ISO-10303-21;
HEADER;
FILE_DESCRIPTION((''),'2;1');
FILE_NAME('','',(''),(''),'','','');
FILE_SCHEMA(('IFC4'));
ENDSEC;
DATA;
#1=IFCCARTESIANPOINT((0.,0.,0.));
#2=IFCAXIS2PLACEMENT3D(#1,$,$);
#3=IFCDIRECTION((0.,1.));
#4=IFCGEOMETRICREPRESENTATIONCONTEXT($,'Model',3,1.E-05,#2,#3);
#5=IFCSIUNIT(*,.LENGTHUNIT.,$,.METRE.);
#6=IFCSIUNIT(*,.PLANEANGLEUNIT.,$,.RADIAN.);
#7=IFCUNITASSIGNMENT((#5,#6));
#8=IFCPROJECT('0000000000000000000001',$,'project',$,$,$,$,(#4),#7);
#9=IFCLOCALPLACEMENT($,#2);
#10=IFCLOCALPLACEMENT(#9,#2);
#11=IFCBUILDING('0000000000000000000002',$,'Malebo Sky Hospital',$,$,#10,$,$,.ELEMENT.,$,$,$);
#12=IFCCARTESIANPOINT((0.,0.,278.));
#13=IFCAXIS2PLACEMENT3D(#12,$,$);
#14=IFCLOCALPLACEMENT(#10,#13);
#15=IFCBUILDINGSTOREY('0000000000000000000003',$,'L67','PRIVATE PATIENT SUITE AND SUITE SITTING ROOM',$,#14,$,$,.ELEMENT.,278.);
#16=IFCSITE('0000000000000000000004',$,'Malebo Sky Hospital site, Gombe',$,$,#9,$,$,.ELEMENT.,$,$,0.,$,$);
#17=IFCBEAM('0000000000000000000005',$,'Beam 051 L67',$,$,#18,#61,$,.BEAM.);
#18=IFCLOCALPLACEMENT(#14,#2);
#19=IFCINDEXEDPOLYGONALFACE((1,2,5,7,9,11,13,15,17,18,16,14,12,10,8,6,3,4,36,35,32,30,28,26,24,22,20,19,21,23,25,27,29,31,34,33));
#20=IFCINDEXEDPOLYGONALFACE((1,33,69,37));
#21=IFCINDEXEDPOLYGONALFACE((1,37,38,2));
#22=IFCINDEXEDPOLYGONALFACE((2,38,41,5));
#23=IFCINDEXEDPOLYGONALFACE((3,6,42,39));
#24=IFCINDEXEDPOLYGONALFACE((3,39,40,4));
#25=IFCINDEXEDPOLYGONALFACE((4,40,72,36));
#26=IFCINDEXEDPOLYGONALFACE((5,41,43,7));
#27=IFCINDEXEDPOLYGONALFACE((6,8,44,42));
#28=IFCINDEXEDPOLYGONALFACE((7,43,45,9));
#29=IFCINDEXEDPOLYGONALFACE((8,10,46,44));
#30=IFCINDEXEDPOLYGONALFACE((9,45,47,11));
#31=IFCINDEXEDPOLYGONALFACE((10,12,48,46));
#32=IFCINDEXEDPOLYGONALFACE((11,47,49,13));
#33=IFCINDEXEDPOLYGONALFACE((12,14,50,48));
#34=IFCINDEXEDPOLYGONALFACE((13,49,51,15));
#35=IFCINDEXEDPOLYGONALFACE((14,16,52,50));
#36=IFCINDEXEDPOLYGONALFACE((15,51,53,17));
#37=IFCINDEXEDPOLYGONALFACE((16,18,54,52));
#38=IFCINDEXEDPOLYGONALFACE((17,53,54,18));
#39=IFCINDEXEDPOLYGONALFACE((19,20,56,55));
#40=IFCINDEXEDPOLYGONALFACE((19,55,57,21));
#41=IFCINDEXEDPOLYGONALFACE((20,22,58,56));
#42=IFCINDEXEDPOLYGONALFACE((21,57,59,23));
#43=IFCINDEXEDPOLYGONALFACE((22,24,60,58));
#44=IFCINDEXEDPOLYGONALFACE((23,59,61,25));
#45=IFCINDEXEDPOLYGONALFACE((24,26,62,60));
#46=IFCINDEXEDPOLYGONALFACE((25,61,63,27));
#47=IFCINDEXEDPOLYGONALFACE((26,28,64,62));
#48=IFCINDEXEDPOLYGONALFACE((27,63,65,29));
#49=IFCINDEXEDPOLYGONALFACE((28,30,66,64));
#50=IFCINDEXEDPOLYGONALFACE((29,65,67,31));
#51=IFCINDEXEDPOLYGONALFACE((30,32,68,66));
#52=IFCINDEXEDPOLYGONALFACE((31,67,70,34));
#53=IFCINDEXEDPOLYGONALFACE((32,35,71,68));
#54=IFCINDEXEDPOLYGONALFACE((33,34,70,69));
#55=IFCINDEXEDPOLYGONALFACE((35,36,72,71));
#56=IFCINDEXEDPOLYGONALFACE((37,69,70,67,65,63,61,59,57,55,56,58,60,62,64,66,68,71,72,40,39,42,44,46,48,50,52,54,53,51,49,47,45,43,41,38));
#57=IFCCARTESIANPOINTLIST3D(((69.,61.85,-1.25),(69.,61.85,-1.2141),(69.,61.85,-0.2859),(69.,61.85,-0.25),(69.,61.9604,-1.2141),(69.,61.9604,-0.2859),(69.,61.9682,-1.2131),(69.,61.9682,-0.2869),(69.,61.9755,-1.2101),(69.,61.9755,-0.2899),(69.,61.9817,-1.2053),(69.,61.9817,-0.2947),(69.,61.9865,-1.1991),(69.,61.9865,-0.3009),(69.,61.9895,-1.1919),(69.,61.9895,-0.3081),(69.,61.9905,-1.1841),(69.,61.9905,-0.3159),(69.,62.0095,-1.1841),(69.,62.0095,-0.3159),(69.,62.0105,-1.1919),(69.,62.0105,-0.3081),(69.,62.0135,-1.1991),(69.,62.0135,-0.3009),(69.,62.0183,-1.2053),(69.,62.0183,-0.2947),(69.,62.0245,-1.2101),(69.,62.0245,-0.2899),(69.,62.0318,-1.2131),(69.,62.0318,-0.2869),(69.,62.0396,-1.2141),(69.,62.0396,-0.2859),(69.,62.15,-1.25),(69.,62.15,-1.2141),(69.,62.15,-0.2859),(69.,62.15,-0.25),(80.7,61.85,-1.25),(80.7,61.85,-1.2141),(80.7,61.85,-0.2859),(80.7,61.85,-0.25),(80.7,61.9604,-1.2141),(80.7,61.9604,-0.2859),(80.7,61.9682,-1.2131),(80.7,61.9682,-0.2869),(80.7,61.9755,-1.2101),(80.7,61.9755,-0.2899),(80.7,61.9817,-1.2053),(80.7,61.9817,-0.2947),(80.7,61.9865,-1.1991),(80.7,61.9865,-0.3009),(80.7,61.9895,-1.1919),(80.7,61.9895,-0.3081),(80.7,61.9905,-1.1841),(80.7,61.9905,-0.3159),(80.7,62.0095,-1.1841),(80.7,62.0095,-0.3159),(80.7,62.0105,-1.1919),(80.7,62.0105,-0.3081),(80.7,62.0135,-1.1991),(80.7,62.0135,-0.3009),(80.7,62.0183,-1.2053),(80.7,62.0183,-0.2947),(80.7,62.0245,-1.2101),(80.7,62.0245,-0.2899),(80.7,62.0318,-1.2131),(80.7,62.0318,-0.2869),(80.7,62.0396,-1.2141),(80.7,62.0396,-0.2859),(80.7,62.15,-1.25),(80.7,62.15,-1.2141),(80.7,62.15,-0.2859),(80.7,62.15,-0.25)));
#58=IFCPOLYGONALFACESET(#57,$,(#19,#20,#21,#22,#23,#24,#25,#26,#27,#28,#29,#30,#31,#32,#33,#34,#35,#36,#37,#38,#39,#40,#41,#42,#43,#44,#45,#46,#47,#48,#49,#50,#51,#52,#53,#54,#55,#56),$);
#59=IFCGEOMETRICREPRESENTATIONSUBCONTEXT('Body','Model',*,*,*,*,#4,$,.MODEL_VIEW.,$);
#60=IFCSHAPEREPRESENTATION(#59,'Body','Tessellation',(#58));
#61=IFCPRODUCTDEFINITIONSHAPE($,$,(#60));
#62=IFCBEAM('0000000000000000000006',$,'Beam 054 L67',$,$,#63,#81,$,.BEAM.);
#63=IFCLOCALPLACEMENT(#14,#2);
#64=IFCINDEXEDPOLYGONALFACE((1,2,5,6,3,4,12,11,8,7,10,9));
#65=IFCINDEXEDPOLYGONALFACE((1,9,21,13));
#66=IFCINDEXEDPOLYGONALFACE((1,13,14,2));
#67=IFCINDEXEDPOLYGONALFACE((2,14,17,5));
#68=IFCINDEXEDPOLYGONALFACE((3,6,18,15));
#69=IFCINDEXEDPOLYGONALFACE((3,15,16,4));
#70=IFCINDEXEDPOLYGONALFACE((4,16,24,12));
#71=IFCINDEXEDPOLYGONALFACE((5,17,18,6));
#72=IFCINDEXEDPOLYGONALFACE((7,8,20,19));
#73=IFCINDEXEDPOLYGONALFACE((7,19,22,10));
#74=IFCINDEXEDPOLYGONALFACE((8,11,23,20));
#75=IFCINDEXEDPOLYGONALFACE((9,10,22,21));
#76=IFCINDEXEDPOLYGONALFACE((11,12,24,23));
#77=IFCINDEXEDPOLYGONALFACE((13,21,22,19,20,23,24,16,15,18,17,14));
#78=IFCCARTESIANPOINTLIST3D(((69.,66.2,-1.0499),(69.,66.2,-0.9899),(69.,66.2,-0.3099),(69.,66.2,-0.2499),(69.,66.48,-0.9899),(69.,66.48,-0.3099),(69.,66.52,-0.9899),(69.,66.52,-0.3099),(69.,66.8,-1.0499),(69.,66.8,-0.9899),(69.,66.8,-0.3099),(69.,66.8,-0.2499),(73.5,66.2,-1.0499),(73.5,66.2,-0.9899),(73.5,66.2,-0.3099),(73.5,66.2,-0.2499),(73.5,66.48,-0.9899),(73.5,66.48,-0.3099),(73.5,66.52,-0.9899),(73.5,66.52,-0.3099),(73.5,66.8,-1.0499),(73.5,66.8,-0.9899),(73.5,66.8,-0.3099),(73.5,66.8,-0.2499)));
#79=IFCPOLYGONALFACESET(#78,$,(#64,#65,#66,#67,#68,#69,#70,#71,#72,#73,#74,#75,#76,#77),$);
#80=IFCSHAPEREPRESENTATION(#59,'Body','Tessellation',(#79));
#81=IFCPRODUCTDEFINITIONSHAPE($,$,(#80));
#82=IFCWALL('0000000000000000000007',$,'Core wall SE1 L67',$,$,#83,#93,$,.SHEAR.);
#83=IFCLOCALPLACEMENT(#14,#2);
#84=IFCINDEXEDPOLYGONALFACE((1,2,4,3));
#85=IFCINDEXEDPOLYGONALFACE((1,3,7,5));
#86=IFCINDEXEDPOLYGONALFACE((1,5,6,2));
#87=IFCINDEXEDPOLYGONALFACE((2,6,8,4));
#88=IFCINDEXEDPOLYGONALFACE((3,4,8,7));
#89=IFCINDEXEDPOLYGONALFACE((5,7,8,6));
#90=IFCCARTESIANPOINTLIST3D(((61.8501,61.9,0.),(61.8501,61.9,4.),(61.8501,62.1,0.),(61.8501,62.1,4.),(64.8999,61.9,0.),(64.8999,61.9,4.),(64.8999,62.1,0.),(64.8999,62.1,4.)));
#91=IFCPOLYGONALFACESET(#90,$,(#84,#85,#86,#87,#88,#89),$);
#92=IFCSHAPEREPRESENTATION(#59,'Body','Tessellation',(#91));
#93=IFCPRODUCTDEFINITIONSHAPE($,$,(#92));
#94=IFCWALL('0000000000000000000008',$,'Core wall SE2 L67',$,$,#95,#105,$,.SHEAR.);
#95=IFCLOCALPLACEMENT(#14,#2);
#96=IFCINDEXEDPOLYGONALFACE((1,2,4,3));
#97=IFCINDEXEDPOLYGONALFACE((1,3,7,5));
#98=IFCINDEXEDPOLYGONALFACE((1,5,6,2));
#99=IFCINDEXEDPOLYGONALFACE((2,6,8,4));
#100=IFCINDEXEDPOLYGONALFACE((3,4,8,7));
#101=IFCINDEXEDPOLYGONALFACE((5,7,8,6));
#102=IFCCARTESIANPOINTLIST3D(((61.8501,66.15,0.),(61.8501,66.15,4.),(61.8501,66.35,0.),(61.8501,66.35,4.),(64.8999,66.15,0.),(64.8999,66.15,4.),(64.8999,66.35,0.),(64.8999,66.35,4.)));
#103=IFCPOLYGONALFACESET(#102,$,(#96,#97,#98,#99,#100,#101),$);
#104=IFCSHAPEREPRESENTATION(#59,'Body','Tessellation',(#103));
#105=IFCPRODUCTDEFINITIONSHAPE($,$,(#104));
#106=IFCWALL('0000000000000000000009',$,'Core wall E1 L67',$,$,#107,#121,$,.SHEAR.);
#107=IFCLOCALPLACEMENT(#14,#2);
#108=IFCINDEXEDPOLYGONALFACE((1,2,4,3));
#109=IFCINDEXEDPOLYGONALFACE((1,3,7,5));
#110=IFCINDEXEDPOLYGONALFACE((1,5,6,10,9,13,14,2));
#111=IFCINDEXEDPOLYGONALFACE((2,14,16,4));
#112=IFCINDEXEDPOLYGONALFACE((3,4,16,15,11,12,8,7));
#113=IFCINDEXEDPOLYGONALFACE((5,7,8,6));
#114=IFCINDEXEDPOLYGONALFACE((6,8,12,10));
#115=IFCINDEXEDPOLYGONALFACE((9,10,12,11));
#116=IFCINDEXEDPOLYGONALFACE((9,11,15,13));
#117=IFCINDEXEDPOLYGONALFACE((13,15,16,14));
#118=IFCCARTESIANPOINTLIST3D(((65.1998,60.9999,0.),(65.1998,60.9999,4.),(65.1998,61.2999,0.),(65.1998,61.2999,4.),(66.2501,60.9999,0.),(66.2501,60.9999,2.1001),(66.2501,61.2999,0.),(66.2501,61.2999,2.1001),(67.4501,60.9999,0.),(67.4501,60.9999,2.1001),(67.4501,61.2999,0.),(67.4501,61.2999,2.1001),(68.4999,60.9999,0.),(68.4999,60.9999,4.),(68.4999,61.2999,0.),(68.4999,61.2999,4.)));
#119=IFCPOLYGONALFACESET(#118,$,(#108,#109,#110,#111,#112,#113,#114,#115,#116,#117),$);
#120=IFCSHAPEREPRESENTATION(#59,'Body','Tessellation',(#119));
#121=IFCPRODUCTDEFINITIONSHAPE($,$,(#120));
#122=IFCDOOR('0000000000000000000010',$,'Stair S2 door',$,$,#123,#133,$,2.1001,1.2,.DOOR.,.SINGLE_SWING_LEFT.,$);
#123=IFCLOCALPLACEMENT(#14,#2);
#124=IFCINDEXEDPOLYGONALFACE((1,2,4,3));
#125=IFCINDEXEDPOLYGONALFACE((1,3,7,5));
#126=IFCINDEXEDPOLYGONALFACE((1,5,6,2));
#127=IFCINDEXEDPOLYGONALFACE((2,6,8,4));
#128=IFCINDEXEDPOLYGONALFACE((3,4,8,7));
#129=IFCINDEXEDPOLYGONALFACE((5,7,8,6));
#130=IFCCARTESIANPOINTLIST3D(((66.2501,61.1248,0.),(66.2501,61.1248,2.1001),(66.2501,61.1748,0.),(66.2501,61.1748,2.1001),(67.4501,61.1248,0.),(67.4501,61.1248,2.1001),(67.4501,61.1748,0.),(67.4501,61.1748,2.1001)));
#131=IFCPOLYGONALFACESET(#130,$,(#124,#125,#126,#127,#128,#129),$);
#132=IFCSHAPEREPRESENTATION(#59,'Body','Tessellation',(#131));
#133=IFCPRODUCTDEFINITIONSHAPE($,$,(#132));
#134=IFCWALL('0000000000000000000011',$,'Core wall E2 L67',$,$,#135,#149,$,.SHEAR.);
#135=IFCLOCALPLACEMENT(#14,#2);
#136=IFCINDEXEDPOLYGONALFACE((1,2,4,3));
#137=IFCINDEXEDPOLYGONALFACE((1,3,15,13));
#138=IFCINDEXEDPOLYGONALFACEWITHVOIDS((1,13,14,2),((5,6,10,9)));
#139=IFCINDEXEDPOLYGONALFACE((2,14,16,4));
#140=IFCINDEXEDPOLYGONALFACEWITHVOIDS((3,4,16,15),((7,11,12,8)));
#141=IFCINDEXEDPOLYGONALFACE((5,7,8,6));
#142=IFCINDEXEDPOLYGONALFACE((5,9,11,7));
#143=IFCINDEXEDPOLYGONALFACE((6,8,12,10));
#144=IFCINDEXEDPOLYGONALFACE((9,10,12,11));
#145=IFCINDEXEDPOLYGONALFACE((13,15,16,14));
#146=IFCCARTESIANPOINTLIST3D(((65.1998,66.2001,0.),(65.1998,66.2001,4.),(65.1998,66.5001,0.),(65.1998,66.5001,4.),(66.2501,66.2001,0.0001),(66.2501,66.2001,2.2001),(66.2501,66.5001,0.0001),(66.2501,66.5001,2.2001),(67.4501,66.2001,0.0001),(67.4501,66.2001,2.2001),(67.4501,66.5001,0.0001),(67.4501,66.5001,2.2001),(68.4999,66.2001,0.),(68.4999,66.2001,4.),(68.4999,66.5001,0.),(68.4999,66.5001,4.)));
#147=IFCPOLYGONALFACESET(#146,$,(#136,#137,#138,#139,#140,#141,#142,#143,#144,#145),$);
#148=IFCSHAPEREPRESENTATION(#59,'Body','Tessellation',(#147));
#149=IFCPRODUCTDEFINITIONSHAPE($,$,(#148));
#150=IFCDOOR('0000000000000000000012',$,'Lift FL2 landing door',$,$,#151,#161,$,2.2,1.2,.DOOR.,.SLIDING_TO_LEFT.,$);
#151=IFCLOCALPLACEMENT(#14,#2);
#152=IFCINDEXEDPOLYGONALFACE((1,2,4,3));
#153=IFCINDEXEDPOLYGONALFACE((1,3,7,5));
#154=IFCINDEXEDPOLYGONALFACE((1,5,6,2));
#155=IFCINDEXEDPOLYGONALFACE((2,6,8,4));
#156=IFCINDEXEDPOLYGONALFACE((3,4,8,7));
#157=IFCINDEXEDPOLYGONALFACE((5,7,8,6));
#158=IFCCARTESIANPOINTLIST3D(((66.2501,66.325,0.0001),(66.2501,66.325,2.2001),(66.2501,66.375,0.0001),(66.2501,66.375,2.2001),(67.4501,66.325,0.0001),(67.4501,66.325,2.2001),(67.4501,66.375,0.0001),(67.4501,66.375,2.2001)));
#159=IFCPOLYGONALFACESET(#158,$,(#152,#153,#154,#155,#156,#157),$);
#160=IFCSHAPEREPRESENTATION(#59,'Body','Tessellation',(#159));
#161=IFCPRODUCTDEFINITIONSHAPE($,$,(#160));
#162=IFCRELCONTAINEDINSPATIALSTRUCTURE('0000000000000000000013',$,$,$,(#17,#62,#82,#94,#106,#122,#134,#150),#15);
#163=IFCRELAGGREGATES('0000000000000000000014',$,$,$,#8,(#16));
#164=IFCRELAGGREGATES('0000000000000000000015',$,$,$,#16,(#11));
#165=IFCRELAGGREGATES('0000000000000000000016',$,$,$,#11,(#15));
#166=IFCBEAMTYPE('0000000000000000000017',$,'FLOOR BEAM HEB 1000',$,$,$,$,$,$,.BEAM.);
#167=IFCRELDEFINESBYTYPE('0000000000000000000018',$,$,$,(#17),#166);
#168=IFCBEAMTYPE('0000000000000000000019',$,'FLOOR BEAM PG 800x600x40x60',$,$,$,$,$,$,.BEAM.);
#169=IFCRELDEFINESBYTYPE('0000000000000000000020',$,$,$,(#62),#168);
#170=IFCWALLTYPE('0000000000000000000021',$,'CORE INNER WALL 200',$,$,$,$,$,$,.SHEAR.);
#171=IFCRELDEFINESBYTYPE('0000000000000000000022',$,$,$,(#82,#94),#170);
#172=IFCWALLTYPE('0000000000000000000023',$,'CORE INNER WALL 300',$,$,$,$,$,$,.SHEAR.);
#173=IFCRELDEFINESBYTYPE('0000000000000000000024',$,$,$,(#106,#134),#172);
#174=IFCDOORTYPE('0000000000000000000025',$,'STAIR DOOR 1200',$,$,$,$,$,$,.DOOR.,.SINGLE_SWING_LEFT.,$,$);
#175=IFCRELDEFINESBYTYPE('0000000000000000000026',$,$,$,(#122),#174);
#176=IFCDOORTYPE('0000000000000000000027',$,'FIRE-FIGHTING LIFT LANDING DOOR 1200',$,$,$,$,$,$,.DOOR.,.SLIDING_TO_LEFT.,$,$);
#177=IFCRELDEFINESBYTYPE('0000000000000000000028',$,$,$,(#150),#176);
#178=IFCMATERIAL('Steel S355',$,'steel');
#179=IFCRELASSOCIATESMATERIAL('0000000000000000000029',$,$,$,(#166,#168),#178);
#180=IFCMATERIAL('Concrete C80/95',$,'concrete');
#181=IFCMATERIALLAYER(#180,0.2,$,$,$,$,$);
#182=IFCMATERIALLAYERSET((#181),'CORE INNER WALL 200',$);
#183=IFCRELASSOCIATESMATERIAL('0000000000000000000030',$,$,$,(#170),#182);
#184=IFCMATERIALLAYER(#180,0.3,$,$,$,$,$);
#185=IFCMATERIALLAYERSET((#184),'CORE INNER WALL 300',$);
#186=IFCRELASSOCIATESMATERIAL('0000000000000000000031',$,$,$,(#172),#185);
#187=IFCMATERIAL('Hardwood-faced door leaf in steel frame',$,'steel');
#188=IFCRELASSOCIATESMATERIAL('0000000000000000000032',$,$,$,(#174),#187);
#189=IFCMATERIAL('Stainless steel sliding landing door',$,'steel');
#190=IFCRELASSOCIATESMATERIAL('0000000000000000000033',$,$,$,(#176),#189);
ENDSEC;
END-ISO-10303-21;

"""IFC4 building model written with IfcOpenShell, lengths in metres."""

from ifc_helpers import new_model, si_unit, direction, frame, frame_2d, origin, origin_2d, place, context, subcontext, project, spatial, rectangle, i_section, extrude, material, layer, layer_set, material_profile, profile_set, type_object, element, fill, save


model = new_model("IFC4")

# Units and contexts
model_context = context("Model", 3, precision=1e-05, world=origin(), true_north=direction((0.0, 1.0)))
body_context = subcontext(model_context, "Body", "Model", "MODEL_VIEW")
ifc_project = project(units=[si_unit("LENGTHUNIT", "METRE"), si_unit("PLANEANGLEUNIT", "RADIAN")], contexts=[model_context])

# Site, building, storey
site_placement = place(None, origin())
site = spatial("IfcSite", under=ifc_project, at=site_placement, Name="Malebo Sky Hospital site, Gombe", CompositionType="ELEMENT", RefElevation=0.0)
building_placement = place(site_placement, origin())
building = spatial("IfcBuilding", under=site, at=building_placement, Name="Malebo Sky Hospital", CompositionType="ELEMENT")
storey_placement = place(building_placement, frame((0.0, 0.0, 278.0)))
storey = spatial("IfcBuildingStorey", under=building, at=storey_placement, Name="L67", Description="PRIVATE PATIENT SUITE AND SUITE SITTING ROOM", CompositionType="ELEMENT", Elevation=278.0)

# Beams
ifc_material_1 = material(Name="Steel S355", Category="steel")
ifc_material_profile_1 = material_profile(ifc_material_1, i_section(OverallWidth=0.3, OverallDepth=1.0, WebThickness=0.019, FlangeThickness=0.0359, FilletRadius=0.03, at=origin_2d()), Name="HEB 1000")
ifc_profile_set_1 = profile_set([ifc_material_profile_1], Name="Steel S355")
beam_type_1 = type_object("IfcBeamType", Name="FLOOR BEAM HEB 1000", PredefinedType="BEAM", material=ifc_profile_set_1)
beam_1_placement = place(storey_placement, frame((69.0, 62.0, -0.75), z_axis=(1.0, 0.0, 0.0), x_axis=(0.0, 1.0, 0.0)))
element("IfcBeam", 1, at=beam_1_placement, inside=storey, type_object=beam_type_1, Name="Beam 051 L67", PredefinedType="BEAM", context=body_context, shape_type="SweptSolid", body=[
    extrude(i_section(OverallWidth=0.3, OverallDepth=1.0, WebThickness=0.019, FlangeThickness=0.0359, FilletRadius=0.03, at=origin_2d()), origin(), (0.0, 0.0, 1.0), 11.7),
])
ifc_material_profile_2 = material_profile(ifc_material_1, i_section(OverallWidth=0.6001, OverallDepth=0.8, WebThickness=0.04, FlangeThickness=0.0601, at=origin_2d()), Name="PG 800x600x40x60")
ifc_profile_set_2 = profile_set([ifc_material_profile_2], Name="Steel S355")
beam_type_2 = type_object("IfcBeamType", Name="FLOOR BEAM PG 800x600x40x60", PredefinedType="BEAM", material=ifc_profile_set_2)
beam_2_placement = place(storey_placement, frame((69.0, 66.5, -0.6499), z_axis=(1.0, 0.0, 0.0), x_axis=(0.0, 1.0, 0.0)))
element("IfcBeam", 2, at=beam_2_placement, inside=storey, type_object=beam_type_2, Name="Beam 054 L67", PredefinedType="BEAM", context=body_context, shape_type="SweptSolid", body=[
    extrude(i_section(OverallWidth=0.6001, OverallDepth=0.8, WebThickness=0.04, FlangeThickness=0.0601, at=origin_2d()), origin(), (0.0, 0.0, 1.0), 4.5),
])

# Walls
ifc_material_2 = material(Name="Concrete C80/95", Category="concrete")
ifc_layer_1 = layer(ifc_material_2, 0.2)
ifc_layer_set_1 = layer_set([ifc_layer_1], Name="CORE INNER WALL 200")
wall_type_1 = type_object("IfcWallType", Name="CORE INNER WALL 200", PredefinedType="SHEAR", material=ifc_layer_set_1)
for number, where, z_axis, x_axis, name in (
    (3, (61.8501, 62.0, 0.0), (0.0, 0.0, 1.0), (1.0, 0.0, 0.0), "Core wall SE1 L67"),
    (4, (61.8501, 66.25, 0.0), (0.0, 0.0, 1.0), (1.0, 0.0, 0.0), "Core wall SE2 L67"),
):
    element("IfcWall", number, at=place(storey_placement, frame(where, z_axis=z_axis, x_axis=x_axis)), inside=storey, type_object=wall_type_1, Name=name, PredefinedType="SHEAR", context=body_context, shape_type="SweptSolid", body=[
        extrude(rectangle(XDim=3.0498, YDim=0.2, at=frame_2d((1.5249, 0.0))), origin(), (0.0, 0.0, 1.0), 4.0),
    ])

# Walls, openings, doors
ifc_layer_2 = layer(ifc_material_2, 0.3)
ifc_layer_set_2 = layer_set([ifc_layer_2], Name="CORE INNER WALL 300")
wall_type_2 = type_object("IfcWallType", Name="CORE INNER WALL 300", PredefinedType="SHEAR", material=ifc_layer_set_2)
wall_1_placement = place(storey_placement, frame((65.2, 61.1499, 0.0), z_axis=(0.0, 0.0, 1.0), x_axis=(1.0, 0.0, 0.0)))
wall_1 = element("IfcWall", 5, at=wall_1_placement, inside=storey, type_object=wall_type_2, Name="Core wall E1 L67", PredefinedType="SHEAR", context=body_context, shape_type="SweptSolid", body=[
    extrude(rectangle(XDim=3.3, YDim=0.3, at=frame_2d((1.6499, 0.0))), origin(), (0.0, 0.0, 1.0), 4.0),
])
opening_1_placement = place(wall_1_placement, frame((1.05, 0.0, 0.0)))
opening_1 = element("IfcOpeningElement", 6, at=opening_1_placement, cuts=wall_1, PredefinedType="OPENING", context=body_context, shape_type="SweptSolid", body=[
    extrude(rectangle(XDim=1.2, YDim=2.1001, at=frame_2d((0.6001, 1.05))), frame((0.0, 0.1599, 0.0), z_axis=(0.0, -1.0, 0.0), x_axis=(1.0, 0.0, 0.0)), (0.0, 0.0, 1.0), 0.3201),
])
ifc_material_3 = material(Name="Hardwood-faced door leaf in steel frame", Category="steel")
door_type_1 = type_object("IfcDoorType", Name="STAIR DOOR 1200", OperationType="SINGLE_SWING_LEFT", PredefinedType="DOOR", material=ifc_material_3)
door_1_placement = place(opening_1_placement, origin())
door_1 = element("IfcDoor", 7, at=door_1_placement, inside=storey, type_object=door_type_1, Name="Stair S2 door", OperationType="SINGLE_SWING_LEFT", OverallHeight=2.1001, OverallWidth=1.2, PredefinedType="DOOR", context=body_context, shape_type="SweptSolid", body=[
    extrude(rectangle(XDim=1.2, YDim=2.1001, at=frame_2d((0.6001, 1.05))), frame((0.0, 0.0249, 0.0), z_axis=(0.0, -1.0, 0.0), x_axis=(1.0, 0.0, 0.0)), (0.0, 0.0, 1.0), 0.05),
])
fill(opening_1, door_1)
wall_2_placement = place(storey_placement, frame((65.2, 66.3501, 0.0), z_axis=(0.0, 0.0, 1.0), x_axis=(1.0, 0.0, 0.0)))
wall_2 = element("IfcWall", 8, at=wall_2_placement, inside=storey, type_object=wall_type_2, Name="Core wall E2 L67", PredefinedType="SHEAR", context=body_context, shape_type="SweptSolid", body=[
    extrude(rectangle(XDim=3.3, YDim=0.3, at=frame_2d((1.6499, 0.0))), origin(), (0.0, 0.0, 1.0), 4.0),
])
opening_2_placement = place(wall_2_placement, frame((1.05, 0.0, 0.0)))
opening_2 = element("IfcOpeningElement", 9, at=opening_2_placement, cuts=wall_2, PredefinedType="OPENING", context=body_context, shape_type="SweptSolid", body=[
    extrude(rectangle(XDim=1.2, YDim=2.2, at=frame_2d((0.6001, 1.1001))), frame((0.0, 0.1599, 0.0), z_axis=(0.0, -1.0, 0.0), x_axis=(1.0, 0.0, 0.0)), (0.0, 0.0, 1.0), 0.3201),
])
ifc_material_4 = material(Name="Stainless steel sliding landing door", Category="steel")
door_type_2 = type_object("IfcDoorType", Name="FIRE-FIGHTING LIFT LANDING DOOR 1200", OperationType="SLIDING_TO_LEFT", PredefinedType="DOOR", material=ifc_material_4)
door_2_placement = place(opening_2_placement, origin())
door_2 = element("IfcDoor", 10, at=door_2_placement, inside=storey, type_object=door_type_2, Name="Lift FL2 landing door", OperationType="SLIDING_TO_LEFT", OverallHeight=2.2, OverallWidth=1.2, PredefinedType="DOOR", context=body_context, shape_type="SweptSolid", body=[
    extrude(rectangle(XDim=1.2, YDim=2.2, at=frame_2d((0.6001, 1.1001))), frame((0.0, 0.0249, 0.0), z_axis=(0.0, -1.0, 0.0), x_axis=(1.0, 0.0, 0.0)), (0.0, 0.0, 1.0), 0.05),
])
fill(opening_2, door_2)

save(model, "model.ifc")
